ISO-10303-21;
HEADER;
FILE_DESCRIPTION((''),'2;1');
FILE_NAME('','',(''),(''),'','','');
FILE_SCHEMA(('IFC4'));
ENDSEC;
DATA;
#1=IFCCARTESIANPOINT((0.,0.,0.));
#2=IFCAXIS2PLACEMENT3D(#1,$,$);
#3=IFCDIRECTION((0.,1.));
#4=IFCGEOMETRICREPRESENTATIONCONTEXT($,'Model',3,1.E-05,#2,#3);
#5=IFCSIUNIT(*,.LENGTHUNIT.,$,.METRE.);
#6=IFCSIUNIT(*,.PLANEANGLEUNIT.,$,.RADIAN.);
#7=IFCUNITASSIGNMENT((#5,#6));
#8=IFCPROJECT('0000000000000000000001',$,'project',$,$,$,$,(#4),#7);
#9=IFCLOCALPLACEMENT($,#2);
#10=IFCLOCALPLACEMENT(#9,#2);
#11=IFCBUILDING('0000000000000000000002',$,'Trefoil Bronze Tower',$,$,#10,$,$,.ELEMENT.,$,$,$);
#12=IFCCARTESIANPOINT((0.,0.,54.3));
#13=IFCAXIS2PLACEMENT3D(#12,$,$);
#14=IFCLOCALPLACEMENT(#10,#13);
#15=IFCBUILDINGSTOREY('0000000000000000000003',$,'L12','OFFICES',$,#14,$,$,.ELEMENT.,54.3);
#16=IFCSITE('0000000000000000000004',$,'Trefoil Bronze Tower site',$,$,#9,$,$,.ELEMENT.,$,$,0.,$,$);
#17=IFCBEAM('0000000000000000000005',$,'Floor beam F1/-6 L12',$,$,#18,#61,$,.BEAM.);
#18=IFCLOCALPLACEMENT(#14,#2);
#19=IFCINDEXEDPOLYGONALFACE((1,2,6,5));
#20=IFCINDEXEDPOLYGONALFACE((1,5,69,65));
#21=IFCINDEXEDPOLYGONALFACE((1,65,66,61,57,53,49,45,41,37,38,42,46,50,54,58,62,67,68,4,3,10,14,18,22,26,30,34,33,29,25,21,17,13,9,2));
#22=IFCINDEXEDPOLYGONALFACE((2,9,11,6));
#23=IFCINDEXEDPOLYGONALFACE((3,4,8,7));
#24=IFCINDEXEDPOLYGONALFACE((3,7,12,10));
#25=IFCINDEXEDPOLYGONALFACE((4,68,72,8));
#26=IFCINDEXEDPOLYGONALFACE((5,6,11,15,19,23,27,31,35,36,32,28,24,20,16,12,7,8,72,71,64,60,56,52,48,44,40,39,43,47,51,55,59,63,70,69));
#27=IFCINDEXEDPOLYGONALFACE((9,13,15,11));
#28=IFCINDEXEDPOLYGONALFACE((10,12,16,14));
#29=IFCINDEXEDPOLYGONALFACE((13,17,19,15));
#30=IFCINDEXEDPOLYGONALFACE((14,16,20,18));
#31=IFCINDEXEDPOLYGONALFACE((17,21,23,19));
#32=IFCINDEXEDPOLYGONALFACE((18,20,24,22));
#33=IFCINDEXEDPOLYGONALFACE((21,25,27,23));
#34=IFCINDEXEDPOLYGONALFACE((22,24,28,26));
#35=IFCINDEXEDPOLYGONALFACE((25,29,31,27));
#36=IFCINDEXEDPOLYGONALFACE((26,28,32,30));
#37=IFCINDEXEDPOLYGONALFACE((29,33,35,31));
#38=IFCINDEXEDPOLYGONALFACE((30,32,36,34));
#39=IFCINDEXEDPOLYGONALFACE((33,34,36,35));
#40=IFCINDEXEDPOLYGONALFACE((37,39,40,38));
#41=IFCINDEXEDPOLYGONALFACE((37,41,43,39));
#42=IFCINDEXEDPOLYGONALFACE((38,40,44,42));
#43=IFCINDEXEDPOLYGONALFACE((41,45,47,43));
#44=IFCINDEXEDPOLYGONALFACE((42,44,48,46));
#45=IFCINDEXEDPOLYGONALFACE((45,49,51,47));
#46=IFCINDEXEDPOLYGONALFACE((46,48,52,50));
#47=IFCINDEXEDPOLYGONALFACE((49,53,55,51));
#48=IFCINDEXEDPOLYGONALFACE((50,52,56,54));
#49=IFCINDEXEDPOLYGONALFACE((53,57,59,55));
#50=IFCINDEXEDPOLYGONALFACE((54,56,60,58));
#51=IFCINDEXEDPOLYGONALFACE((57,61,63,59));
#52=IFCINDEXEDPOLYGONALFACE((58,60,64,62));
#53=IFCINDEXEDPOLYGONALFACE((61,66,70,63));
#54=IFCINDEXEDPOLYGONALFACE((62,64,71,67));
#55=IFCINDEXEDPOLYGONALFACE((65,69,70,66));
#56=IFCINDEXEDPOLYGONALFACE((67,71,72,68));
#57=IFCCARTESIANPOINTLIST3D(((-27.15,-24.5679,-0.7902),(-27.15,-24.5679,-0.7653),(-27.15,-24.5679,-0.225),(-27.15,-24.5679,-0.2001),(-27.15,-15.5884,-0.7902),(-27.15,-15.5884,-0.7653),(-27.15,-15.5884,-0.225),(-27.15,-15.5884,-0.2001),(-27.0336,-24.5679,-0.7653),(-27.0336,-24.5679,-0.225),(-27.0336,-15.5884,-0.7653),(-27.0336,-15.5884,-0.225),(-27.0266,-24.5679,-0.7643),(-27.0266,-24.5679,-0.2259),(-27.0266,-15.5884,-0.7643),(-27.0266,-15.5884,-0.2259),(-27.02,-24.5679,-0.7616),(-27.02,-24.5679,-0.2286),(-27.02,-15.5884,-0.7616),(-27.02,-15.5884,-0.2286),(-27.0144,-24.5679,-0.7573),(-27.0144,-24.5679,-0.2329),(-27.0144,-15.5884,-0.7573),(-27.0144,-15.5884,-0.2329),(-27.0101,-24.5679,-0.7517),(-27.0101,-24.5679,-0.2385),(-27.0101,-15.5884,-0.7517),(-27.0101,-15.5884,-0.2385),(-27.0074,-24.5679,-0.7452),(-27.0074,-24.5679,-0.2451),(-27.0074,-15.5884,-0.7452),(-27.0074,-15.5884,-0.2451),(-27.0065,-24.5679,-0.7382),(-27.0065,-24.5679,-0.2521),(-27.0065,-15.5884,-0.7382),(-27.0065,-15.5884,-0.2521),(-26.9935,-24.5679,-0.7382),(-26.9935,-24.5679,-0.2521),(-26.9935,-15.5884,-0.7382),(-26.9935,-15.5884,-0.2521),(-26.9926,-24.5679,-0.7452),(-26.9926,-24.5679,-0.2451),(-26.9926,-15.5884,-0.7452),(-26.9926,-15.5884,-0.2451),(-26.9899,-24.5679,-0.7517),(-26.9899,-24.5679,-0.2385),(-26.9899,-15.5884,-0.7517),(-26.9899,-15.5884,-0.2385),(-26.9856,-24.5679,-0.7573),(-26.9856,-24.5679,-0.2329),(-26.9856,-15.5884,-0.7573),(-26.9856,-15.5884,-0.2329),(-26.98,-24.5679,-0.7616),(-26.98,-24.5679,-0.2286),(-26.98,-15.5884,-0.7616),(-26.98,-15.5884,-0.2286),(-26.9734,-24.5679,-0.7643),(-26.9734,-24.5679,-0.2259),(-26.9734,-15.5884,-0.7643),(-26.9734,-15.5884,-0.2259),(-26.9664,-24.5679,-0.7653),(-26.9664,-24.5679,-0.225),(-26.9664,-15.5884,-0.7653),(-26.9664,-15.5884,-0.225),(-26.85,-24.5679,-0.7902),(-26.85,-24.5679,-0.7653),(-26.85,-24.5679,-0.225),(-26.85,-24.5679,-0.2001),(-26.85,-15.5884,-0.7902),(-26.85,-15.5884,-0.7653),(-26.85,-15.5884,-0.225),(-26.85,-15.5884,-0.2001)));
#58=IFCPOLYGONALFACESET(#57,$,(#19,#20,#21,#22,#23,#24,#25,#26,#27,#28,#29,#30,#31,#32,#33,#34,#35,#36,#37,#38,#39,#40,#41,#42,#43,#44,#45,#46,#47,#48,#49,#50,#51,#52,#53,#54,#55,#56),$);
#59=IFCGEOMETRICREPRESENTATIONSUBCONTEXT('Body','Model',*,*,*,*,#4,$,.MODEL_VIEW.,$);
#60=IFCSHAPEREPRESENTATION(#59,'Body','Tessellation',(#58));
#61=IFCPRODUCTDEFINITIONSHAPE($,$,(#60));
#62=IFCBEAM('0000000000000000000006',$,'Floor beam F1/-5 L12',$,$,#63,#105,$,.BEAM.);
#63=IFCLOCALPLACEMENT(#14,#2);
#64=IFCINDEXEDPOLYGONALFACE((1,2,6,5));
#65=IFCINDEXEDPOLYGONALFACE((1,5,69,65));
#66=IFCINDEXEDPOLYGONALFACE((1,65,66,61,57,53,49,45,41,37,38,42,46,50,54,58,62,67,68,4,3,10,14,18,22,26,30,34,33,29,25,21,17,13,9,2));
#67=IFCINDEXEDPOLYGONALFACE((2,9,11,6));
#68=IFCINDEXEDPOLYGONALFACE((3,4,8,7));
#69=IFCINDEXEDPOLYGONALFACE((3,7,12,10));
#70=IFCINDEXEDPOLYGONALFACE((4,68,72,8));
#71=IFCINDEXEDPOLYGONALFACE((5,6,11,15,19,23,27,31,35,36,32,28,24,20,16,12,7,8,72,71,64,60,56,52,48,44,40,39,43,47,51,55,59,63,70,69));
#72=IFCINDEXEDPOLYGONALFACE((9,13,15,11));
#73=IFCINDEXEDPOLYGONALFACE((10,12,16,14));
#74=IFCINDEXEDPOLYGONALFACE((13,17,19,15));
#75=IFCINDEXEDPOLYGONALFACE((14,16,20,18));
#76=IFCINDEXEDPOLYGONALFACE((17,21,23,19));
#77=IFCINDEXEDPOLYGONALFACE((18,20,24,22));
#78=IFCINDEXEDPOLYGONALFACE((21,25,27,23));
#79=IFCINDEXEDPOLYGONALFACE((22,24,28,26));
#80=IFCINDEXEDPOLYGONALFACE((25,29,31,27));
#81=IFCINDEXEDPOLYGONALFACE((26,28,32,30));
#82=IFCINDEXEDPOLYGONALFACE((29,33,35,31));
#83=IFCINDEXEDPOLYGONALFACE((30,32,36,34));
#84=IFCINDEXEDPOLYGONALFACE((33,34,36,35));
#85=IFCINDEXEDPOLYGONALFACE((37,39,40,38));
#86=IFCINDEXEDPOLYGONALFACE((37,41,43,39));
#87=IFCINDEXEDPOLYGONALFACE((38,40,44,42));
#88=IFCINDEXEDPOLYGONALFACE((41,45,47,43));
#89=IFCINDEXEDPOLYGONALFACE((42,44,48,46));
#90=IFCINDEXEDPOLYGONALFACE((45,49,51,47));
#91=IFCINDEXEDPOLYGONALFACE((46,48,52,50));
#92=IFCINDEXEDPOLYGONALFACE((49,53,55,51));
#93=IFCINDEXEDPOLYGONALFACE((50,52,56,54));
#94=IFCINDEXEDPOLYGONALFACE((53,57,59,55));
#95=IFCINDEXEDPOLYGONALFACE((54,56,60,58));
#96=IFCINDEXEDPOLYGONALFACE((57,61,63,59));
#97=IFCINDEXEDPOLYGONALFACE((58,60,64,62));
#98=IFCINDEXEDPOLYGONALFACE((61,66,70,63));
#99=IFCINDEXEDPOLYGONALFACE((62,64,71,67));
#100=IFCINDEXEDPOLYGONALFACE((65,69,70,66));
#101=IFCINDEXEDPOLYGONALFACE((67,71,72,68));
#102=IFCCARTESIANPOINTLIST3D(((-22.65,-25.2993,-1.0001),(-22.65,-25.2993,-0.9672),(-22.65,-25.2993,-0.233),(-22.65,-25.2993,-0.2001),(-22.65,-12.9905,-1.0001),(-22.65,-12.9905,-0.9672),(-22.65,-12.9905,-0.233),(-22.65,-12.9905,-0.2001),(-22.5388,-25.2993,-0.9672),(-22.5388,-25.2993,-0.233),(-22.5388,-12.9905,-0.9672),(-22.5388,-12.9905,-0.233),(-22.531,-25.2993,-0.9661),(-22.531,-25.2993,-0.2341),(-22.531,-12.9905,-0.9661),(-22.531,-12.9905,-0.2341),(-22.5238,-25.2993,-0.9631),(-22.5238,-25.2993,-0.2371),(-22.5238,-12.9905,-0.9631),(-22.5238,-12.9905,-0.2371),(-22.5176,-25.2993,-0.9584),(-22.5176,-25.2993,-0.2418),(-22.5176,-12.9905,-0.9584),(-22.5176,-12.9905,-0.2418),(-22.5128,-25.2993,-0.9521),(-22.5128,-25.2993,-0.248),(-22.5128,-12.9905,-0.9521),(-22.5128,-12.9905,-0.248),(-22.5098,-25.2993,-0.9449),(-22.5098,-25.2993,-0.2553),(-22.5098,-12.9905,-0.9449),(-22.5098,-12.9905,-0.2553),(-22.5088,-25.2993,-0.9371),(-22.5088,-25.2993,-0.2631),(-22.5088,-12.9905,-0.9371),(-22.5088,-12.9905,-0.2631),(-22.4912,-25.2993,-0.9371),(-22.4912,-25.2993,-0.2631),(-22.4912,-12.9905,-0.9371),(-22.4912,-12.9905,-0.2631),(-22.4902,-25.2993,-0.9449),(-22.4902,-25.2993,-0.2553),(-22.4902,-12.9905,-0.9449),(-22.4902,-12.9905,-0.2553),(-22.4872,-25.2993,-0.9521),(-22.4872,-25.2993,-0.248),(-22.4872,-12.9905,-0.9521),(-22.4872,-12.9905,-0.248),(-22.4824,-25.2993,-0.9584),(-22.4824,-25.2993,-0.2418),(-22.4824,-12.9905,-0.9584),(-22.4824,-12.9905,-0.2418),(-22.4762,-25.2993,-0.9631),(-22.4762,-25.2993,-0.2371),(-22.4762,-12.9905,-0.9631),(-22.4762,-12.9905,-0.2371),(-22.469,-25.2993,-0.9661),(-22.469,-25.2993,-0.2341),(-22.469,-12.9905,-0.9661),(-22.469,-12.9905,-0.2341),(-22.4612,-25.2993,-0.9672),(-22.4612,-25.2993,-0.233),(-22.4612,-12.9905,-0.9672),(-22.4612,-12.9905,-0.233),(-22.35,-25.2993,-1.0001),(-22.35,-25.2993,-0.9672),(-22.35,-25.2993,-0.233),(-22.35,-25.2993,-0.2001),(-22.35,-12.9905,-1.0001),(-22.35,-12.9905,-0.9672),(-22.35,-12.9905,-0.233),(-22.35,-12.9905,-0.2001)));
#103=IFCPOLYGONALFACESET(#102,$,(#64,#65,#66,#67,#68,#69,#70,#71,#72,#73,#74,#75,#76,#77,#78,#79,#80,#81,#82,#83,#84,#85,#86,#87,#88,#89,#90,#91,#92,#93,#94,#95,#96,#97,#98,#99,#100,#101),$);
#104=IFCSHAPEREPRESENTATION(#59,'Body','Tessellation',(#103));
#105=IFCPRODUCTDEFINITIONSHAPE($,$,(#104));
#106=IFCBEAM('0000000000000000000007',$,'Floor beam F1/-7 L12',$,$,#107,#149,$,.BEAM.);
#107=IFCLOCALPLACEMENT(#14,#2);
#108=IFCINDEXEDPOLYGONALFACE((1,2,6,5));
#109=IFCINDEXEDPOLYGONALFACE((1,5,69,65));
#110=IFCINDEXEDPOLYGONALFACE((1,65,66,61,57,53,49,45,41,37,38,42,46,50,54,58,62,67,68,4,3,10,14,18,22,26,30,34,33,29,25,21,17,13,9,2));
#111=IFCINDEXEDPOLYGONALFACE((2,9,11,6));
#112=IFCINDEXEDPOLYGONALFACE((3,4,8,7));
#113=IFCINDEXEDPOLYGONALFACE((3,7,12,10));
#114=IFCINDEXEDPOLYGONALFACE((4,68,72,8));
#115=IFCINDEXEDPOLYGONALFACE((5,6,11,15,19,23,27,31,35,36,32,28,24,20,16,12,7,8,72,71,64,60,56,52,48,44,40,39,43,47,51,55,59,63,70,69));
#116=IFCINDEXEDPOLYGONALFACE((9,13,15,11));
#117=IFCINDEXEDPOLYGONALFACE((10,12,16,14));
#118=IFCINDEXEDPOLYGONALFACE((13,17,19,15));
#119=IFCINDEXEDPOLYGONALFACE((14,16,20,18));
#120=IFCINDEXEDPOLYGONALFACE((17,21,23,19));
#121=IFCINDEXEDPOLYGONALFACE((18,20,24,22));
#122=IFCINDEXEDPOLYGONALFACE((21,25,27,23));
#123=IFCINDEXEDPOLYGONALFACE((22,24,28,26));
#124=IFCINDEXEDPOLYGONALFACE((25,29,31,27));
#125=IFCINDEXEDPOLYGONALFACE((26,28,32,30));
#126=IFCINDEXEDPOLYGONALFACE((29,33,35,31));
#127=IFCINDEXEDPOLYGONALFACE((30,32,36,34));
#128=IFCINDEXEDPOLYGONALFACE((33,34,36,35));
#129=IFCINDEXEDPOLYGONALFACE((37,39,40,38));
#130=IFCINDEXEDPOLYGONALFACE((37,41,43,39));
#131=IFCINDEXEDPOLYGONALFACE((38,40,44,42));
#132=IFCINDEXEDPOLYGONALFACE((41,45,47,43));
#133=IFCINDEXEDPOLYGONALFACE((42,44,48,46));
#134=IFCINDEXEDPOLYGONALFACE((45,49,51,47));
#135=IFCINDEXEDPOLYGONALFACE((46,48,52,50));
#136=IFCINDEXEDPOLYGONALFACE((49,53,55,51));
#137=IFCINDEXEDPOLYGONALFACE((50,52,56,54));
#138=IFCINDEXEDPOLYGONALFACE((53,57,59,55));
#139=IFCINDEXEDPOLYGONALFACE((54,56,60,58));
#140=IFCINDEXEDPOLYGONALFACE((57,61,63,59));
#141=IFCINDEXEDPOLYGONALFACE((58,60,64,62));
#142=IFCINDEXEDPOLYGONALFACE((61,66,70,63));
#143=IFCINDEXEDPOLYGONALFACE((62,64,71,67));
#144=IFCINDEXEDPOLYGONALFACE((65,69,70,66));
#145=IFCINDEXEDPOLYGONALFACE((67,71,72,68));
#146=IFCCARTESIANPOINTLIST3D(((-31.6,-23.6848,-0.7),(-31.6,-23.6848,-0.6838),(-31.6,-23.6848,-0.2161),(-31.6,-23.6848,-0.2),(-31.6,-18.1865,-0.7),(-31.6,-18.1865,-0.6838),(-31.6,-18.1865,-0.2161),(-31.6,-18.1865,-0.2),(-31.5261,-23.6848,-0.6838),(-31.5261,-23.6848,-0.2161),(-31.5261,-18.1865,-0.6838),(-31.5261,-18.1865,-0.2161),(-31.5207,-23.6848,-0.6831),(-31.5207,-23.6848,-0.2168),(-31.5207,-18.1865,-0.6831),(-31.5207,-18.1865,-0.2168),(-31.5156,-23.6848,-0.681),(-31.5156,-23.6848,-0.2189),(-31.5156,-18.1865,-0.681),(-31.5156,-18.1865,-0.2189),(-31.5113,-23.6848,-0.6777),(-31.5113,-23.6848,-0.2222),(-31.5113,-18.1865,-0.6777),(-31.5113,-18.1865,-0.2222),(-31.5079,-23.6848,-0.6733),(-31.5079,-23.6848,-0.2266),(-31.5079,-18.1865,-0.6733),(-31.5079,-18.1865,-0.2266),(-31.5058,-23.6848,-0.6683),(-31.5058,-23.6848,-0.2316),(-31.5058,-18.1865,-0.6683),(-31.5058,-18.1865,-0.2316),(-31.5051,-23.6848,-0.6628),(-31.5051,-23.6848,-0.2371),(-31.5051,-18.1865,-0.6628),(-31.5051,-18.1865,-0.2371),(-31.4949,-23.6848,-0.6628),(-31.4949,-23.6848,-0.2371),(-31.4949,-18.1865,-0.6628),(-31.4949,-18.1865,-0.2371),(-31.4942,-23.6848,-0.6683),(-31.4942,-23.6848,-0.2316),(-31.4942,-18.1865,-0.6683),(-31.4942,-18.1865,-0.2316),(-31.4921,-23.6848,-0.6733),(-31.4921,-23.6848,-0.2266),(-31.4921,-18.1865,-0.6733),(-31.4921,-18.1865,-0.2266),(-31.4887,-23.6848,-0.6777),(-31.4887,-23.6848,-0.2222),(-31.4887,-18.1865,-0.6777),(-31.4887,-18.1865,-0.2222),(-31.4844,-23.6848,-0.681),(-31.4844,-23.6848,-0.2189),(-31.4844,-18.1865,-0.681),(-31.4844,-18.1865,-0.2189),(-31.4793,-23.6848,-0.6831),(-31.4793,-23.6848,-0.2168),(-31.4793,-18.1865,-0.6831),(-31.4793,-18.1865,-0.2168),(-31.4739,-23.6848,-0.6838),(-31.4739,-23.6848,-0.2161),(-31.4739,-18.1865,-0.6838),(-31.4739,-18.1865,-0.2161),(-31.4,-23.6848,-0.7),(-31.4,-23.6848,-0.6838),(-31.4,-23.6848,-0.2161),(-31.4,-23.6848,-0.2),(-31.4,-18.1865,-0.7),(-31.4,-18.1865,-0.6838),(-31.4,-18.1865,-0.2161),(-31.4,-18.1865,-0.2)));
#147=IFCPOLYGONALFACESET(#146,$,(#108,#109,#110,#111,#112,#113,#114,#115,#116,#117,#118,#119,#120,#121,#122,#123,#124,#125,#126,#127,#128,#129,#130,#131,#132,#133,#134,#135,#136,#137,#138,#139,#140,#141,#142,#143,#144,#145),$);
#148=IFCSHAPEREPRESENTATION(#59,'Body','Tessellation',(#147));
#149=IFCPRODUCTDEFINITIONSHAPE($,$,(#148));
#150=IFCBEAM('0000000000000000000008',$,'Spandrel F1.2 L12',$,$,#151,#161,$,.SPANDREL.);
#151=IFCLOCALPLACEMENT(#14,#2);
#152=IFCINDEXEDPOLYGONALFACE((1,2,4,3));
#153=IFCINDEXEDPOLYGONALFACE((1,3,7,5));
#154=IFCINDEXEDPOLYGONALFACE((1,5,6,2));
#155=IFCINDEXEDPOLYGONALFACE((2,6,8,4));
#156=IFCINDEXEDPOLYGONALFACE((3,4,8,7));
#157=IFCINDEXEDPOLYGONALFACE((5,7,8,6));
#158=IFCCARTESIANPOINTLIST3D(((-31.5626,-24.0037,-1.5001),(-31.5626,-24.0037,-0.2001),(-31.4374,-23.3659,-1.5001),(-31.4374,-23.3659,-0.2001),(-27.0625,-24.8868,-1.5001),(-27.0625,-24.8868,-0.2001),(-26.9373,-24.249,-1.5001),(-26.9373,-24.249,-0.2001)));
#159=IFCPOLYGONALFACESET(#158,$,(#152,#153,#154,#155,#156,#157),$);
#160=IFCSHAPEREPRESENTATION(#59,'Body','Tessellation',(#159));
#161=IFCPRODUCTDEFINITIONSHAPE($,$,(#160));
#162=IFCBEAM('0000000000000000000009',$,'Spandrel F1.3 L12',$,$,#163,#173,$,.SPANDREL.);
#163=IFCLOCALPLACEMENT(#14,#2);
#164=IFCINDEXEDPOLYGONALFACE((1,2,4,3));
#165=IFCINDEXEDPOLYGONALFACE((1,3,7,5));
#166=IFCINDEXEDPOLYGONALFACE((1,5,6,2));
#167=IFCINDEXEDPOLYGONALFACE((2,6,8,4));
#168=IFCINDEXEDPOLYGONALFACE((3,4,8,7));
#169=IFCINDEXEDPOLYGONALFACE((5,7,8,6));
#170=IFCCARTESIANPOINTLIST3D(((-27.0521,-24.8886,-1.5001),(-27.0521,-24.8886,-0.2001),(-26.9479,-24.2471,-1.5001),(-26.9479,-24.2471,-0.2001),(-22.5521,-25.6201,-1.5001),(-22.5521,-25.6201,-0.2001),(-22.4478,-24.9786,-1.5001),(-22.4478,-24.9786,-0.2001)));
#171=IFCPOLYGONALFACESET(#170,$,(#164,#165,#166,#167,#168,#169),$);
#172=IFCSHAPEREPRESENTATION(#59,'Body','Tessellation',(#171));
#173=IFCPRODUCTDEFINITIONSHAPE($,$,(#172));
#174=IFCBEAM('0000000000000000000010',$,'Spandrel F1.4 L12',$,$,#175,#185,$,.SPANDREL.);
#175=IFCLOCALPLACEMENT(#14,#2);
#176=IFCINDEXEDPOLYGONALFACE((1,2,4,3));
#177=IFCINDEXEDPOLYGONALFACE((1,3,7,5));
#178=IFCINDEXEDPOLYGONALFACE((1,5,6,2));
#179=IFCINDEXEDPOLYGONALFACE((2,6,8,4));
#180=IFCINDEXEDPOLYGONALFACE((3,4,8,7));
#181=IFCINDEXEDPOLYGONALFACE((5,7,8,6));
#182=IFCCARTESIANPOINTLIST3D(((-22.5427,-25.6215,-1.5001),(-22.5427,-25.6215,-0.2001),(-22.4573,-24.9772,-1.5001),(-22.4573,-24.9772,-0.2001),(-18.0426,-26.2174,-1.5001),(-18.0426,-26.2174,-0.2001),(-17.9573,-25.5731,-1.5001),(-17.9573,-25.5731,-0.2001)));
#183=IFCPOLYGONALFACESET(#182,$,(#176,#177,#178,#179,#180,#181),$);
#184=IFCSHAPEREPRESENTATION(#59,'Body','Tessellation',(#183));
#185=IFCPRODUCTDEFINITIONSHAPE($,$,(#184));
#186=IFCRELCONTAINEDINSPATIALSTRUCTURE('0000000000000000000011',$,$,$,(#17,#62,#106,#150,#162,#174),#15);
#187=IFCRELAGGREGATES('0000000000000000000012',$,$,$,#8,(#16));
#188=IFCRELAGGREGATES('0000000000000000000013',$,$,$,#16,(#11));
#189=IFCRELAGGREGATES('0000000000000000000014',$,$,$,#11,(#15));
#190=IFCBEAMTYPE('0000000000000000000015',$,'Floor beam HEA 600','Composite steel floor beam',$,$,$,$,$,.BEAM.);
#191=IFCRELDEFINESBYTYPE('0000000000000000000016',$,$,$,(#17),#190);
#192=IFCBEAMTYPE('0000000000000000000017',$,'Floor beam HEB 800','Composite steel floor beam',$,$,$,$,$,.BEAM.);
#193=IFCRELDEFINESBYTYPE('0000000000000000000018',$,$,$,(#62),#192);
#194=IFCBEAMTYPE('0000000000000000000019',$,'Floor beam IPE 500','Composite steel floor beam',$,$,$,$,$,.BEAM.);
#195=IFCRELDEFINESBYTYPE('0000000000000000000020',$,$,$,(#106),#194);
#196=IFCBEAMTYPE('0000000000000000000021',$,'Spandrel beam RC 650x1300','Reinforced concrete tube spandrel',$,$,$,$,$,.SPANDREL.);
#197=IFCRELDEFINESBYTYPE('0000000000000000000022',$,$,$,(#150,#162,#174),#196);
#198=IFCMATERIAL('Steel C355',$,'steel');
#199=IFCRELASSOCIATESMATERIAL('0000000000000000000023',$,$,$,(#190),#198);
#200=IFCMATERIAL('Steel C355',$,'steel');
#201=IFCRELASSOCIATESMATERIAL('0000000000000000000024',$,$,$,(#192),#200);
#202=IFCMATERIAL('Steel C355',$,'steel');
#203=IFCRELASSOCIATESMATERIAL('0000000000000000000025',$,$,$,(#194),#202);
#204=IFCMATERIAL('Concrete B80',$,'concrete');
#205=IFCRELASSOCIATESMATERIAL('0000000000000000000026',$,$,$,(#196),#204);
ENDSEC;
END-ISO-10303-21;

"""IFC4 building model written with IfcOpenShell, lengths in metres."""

from ifc_helpers import new_model, si_unit, direction, frame, origin, origin_2d, place, context, subcontext, project, spatial, rectangle, i_section, extrude, material, material_profile, profile_set, type_object, element, save


model = new_model("IFC4")

# Units and contexts
model_context = context("Model", 3, precision=1e-05, world=origin(), true_north=direction((0.0, 1.0)))
body_context = subcontext(model_context, "Body", "Model", "MODEL_VIEW")
ifc_project = project(units=[si_unit("LENGTHUNIT", "METRE"), si_unit("PLANEANGLEUNIT", "RADIAN")], contexts=[model_context])

# Site, building, storey
site_placement = place(None, origin())
site = spatial("IfcSite", under=ifc_project, at=site_placement, Name="Trefoil Bronze Tower site", CompositionType="ELEMENT", RefElevation=0.0)
building_placement = place(site_placement, origin())
building = spatial("IfcBuilding", under=site, at=building_placement, Name="Trefoil Bronze Tower", CompositionType="ELEMENT")
storey_placement = place(building_placement, frame((0.0, 0.0, 54.3)))
storey = spatial("IfcBuildingStorey", under=building, at=storey_placement, Name="L12", Description="OFFICES", CompositionType="ELEMENT", Elevation=54.3)

# Beams
ifc_material_1 = material(Name="Steel C355", Category="steel")
ifc_material_profile_1 = material_profile(ifc_material_1, i_section(OverallWidth=0.3, OverallDepth=0.5901, WebThickness=0.0129, FlangeThickness=0.0249, FilletRadius=0.0271, at=origin_2d()), Name="HEA 600")
ifc_profile_set_1 = profile_set([ifc_material_profile_1], Name="Steel C355")
beam_type_1 = type_object("IfcBeamType", Name="Floor beam HEA 600", Description="Composite steel floor beam", PredefinedType="BEAM", material=ifc_profile_set_1)
beam_1_placement = place(storey_placement, frame((-27.0, -24.5679, -0.4951), z_axis=(0.0, 1.0, 0.0), x_axis=(-1.0, 0.0, 0.0)))
element("IfcBeam", 1, at=beam_1_placement, inside=storey, type_object=beam_type_1, Name="Floor beam F1/-6 L12", PredefinedType="BEAM", context=body_context, shape_type="SweptSolid", body=[
    extrude(i_section(OverallWidth=0.3, OverallDepth=0.5901, WebThickness=0.0129, FlangeThickness=0.0249, FilletRadius=0.0271, at=origin_2d()), origin(), (0.0, 0.0, 1.0), 8.9795),
])
ifc_material_2 = material(Name="Steel C355", Category="steel")
ifc_material_profile_2 = material_profile(ifc_material_2, i_section(OverallWidth=0.3, OverallDepth=0.8, WebThickness=0.0176, FlangeThickness=0.033, FilletRadius=0.03, at=origin_2d()), Name="HEB 800")
ifc_profile_set_2 = profile_set([ifc_material_profile_2], Name="Steel C355")
beam_type_2 = type_object("IfcBeamType", Name="Floor beam HEB 800", Description="Composite steel floor beam", PredefinedType="BEAM", material=ifc_profile_set_2)
beam_2_placement = place(storey_placement, frame((-22.5, -25.2993, -0.6001), z_axis=(0.0, 1.0, 0.0), x_axis=(-1.0, 0.0, 0.0)))
element("IfcBeam", 2, at=beam_2_placement, inside=storey, type_object=beam_type_2, Name="Floor beam F1/-5 L12", PredefinedType="BEAM", context=body_context, shape_type="SweptSolid", body=[
    extrude(i_section(OverallWidth=0.3, OverallDepth=0.8, WebThickness=0.0176, FlangeThickness=0.033, FilletRadius=0.03, at=origin_2d()), origin(), (0.0, 0.0, 1.0), 12.3088),
])
ifc_material_3 = material(Name="Steel C355", Category="steel")
ifc_material_profile_3 = material_profile(ifc_material_3, i_section(OverallWidth=0.2, OverallDepth=0.5, WebThickness=0.0103, FlangeThickness=0.0161, FilletRadius=0.021, at=origin_2d()), Name="IPE 500")
ifc_profile_set_3 = profile_set([ifc_material_profile_3], Name="Steel C355")
beam_type_3 = type_object("IfcBeamType", Name="Floor beam IPE 500", Description="Composite steel floor beam", PredefinedType="BEAM", material=ifc_profile_set_3)
beam_3_placement = place(storey_placement, frame((-31.5, -23.6848, -0.45), z_axis=(0.0, 1.0, 0.0), x_axis=(-1.0, 0.0, 0.0)))
element("IfcBeam", 3, at=beam_3_placement, inside=storey, type_object=beam_type_3, Name="Floor beam F1/-7 L12", PredefinedType="BEAM", context=body_context, shape_type="SweptSolid", body=[
    extrude(i_section(OverallWidth=0.2, OverallDepth=0.5, WebThickness=0.0103, FlangeThickness=0.0161, FilletRadius=0.021, at=origin_2d()), origin(), (0.0, 0.0, 1.0), 5.4983),
])
ifc_material_4 = material(Name="Concrete B80", Category="concrete")
ifc_material_profile_4 = material_profile(ifc_material_4, rectangle(XDim=0.6499, YDim=1.3, at=origin_2d()), Name="RC 650x1300")
ifc_profile_set_4 = profile_set([ifc_material_profile_4], Name="Concrete B80")
beam_type_4 = type_object("IfcBeamType", Name="Spandrel beam RC 650x1300", Description="Reinforced concrete tube spandrel", PredefinedType="SPANDREL", material=ifc_profile_set_4)
beam_4_placement = place(storey_placement, frame((-31.5, -23.6848, -0.8501), z_axis=(0.981285, -0.192562, 0.0), x_axis=(0.192562, 0.981285, 0.0)))
element("IfcBeam", 4, at=beam_4_placement, inside=storey, type_object=beam_type_4, Name="Spandrel F1.2 L12", PredefinedType="SPANDREL", context=body_context, shape_type="SweptSolid", body=[
    extrude(rectangle(XDim=0.6499, YDim=1.3, at=origin_2d()), origin(), (0.0, 0.0, 1.0), 4.5859),
])
beam_5_placement = place(storey_placement, frame((-27.0, -24.5679, -0.8501), z_axis=(0.987046, -0.160438, 0.0), x_axis=(0.160438, 0.987046, 0.0)))
element("IfcBeam", 5, at=beam_5_placement, inside=storey, type_object=beam_type_4, Name="Spandrel F1.3 L12", PredefinedType="SPANDREL", context=body_context, shape_type="SweptSolid", body=[
    extrude(rectangle(XDim=0.6499, YDim=1.3, at=origin_2d()), origin(), (0.0, 0.0, 1.0), 4.5591),
])
beam_6_placement = place(storey_placement, frame((-22.5, -25.2993, -0.8501), z_axis=(0.991344, -0.131286, 0.0), x_axis=(0.131286, 0.991344, 0.0)))
element("IfcBeam", 6, at=beam_6_placement, inside=storey, type_object=beam_type_4, Name="Spandrel F1.4 L12", PredefinedType="SPANDREL", context=body_context, shape_type="SweptSolid", body=[
    extrude(rectangle(XDim=0.6499, YDim=1.3, at=origin_2d()), origin(), (0.0, 0.0, 1.0), 4.5393),
])

save(model, "model.ifc")
